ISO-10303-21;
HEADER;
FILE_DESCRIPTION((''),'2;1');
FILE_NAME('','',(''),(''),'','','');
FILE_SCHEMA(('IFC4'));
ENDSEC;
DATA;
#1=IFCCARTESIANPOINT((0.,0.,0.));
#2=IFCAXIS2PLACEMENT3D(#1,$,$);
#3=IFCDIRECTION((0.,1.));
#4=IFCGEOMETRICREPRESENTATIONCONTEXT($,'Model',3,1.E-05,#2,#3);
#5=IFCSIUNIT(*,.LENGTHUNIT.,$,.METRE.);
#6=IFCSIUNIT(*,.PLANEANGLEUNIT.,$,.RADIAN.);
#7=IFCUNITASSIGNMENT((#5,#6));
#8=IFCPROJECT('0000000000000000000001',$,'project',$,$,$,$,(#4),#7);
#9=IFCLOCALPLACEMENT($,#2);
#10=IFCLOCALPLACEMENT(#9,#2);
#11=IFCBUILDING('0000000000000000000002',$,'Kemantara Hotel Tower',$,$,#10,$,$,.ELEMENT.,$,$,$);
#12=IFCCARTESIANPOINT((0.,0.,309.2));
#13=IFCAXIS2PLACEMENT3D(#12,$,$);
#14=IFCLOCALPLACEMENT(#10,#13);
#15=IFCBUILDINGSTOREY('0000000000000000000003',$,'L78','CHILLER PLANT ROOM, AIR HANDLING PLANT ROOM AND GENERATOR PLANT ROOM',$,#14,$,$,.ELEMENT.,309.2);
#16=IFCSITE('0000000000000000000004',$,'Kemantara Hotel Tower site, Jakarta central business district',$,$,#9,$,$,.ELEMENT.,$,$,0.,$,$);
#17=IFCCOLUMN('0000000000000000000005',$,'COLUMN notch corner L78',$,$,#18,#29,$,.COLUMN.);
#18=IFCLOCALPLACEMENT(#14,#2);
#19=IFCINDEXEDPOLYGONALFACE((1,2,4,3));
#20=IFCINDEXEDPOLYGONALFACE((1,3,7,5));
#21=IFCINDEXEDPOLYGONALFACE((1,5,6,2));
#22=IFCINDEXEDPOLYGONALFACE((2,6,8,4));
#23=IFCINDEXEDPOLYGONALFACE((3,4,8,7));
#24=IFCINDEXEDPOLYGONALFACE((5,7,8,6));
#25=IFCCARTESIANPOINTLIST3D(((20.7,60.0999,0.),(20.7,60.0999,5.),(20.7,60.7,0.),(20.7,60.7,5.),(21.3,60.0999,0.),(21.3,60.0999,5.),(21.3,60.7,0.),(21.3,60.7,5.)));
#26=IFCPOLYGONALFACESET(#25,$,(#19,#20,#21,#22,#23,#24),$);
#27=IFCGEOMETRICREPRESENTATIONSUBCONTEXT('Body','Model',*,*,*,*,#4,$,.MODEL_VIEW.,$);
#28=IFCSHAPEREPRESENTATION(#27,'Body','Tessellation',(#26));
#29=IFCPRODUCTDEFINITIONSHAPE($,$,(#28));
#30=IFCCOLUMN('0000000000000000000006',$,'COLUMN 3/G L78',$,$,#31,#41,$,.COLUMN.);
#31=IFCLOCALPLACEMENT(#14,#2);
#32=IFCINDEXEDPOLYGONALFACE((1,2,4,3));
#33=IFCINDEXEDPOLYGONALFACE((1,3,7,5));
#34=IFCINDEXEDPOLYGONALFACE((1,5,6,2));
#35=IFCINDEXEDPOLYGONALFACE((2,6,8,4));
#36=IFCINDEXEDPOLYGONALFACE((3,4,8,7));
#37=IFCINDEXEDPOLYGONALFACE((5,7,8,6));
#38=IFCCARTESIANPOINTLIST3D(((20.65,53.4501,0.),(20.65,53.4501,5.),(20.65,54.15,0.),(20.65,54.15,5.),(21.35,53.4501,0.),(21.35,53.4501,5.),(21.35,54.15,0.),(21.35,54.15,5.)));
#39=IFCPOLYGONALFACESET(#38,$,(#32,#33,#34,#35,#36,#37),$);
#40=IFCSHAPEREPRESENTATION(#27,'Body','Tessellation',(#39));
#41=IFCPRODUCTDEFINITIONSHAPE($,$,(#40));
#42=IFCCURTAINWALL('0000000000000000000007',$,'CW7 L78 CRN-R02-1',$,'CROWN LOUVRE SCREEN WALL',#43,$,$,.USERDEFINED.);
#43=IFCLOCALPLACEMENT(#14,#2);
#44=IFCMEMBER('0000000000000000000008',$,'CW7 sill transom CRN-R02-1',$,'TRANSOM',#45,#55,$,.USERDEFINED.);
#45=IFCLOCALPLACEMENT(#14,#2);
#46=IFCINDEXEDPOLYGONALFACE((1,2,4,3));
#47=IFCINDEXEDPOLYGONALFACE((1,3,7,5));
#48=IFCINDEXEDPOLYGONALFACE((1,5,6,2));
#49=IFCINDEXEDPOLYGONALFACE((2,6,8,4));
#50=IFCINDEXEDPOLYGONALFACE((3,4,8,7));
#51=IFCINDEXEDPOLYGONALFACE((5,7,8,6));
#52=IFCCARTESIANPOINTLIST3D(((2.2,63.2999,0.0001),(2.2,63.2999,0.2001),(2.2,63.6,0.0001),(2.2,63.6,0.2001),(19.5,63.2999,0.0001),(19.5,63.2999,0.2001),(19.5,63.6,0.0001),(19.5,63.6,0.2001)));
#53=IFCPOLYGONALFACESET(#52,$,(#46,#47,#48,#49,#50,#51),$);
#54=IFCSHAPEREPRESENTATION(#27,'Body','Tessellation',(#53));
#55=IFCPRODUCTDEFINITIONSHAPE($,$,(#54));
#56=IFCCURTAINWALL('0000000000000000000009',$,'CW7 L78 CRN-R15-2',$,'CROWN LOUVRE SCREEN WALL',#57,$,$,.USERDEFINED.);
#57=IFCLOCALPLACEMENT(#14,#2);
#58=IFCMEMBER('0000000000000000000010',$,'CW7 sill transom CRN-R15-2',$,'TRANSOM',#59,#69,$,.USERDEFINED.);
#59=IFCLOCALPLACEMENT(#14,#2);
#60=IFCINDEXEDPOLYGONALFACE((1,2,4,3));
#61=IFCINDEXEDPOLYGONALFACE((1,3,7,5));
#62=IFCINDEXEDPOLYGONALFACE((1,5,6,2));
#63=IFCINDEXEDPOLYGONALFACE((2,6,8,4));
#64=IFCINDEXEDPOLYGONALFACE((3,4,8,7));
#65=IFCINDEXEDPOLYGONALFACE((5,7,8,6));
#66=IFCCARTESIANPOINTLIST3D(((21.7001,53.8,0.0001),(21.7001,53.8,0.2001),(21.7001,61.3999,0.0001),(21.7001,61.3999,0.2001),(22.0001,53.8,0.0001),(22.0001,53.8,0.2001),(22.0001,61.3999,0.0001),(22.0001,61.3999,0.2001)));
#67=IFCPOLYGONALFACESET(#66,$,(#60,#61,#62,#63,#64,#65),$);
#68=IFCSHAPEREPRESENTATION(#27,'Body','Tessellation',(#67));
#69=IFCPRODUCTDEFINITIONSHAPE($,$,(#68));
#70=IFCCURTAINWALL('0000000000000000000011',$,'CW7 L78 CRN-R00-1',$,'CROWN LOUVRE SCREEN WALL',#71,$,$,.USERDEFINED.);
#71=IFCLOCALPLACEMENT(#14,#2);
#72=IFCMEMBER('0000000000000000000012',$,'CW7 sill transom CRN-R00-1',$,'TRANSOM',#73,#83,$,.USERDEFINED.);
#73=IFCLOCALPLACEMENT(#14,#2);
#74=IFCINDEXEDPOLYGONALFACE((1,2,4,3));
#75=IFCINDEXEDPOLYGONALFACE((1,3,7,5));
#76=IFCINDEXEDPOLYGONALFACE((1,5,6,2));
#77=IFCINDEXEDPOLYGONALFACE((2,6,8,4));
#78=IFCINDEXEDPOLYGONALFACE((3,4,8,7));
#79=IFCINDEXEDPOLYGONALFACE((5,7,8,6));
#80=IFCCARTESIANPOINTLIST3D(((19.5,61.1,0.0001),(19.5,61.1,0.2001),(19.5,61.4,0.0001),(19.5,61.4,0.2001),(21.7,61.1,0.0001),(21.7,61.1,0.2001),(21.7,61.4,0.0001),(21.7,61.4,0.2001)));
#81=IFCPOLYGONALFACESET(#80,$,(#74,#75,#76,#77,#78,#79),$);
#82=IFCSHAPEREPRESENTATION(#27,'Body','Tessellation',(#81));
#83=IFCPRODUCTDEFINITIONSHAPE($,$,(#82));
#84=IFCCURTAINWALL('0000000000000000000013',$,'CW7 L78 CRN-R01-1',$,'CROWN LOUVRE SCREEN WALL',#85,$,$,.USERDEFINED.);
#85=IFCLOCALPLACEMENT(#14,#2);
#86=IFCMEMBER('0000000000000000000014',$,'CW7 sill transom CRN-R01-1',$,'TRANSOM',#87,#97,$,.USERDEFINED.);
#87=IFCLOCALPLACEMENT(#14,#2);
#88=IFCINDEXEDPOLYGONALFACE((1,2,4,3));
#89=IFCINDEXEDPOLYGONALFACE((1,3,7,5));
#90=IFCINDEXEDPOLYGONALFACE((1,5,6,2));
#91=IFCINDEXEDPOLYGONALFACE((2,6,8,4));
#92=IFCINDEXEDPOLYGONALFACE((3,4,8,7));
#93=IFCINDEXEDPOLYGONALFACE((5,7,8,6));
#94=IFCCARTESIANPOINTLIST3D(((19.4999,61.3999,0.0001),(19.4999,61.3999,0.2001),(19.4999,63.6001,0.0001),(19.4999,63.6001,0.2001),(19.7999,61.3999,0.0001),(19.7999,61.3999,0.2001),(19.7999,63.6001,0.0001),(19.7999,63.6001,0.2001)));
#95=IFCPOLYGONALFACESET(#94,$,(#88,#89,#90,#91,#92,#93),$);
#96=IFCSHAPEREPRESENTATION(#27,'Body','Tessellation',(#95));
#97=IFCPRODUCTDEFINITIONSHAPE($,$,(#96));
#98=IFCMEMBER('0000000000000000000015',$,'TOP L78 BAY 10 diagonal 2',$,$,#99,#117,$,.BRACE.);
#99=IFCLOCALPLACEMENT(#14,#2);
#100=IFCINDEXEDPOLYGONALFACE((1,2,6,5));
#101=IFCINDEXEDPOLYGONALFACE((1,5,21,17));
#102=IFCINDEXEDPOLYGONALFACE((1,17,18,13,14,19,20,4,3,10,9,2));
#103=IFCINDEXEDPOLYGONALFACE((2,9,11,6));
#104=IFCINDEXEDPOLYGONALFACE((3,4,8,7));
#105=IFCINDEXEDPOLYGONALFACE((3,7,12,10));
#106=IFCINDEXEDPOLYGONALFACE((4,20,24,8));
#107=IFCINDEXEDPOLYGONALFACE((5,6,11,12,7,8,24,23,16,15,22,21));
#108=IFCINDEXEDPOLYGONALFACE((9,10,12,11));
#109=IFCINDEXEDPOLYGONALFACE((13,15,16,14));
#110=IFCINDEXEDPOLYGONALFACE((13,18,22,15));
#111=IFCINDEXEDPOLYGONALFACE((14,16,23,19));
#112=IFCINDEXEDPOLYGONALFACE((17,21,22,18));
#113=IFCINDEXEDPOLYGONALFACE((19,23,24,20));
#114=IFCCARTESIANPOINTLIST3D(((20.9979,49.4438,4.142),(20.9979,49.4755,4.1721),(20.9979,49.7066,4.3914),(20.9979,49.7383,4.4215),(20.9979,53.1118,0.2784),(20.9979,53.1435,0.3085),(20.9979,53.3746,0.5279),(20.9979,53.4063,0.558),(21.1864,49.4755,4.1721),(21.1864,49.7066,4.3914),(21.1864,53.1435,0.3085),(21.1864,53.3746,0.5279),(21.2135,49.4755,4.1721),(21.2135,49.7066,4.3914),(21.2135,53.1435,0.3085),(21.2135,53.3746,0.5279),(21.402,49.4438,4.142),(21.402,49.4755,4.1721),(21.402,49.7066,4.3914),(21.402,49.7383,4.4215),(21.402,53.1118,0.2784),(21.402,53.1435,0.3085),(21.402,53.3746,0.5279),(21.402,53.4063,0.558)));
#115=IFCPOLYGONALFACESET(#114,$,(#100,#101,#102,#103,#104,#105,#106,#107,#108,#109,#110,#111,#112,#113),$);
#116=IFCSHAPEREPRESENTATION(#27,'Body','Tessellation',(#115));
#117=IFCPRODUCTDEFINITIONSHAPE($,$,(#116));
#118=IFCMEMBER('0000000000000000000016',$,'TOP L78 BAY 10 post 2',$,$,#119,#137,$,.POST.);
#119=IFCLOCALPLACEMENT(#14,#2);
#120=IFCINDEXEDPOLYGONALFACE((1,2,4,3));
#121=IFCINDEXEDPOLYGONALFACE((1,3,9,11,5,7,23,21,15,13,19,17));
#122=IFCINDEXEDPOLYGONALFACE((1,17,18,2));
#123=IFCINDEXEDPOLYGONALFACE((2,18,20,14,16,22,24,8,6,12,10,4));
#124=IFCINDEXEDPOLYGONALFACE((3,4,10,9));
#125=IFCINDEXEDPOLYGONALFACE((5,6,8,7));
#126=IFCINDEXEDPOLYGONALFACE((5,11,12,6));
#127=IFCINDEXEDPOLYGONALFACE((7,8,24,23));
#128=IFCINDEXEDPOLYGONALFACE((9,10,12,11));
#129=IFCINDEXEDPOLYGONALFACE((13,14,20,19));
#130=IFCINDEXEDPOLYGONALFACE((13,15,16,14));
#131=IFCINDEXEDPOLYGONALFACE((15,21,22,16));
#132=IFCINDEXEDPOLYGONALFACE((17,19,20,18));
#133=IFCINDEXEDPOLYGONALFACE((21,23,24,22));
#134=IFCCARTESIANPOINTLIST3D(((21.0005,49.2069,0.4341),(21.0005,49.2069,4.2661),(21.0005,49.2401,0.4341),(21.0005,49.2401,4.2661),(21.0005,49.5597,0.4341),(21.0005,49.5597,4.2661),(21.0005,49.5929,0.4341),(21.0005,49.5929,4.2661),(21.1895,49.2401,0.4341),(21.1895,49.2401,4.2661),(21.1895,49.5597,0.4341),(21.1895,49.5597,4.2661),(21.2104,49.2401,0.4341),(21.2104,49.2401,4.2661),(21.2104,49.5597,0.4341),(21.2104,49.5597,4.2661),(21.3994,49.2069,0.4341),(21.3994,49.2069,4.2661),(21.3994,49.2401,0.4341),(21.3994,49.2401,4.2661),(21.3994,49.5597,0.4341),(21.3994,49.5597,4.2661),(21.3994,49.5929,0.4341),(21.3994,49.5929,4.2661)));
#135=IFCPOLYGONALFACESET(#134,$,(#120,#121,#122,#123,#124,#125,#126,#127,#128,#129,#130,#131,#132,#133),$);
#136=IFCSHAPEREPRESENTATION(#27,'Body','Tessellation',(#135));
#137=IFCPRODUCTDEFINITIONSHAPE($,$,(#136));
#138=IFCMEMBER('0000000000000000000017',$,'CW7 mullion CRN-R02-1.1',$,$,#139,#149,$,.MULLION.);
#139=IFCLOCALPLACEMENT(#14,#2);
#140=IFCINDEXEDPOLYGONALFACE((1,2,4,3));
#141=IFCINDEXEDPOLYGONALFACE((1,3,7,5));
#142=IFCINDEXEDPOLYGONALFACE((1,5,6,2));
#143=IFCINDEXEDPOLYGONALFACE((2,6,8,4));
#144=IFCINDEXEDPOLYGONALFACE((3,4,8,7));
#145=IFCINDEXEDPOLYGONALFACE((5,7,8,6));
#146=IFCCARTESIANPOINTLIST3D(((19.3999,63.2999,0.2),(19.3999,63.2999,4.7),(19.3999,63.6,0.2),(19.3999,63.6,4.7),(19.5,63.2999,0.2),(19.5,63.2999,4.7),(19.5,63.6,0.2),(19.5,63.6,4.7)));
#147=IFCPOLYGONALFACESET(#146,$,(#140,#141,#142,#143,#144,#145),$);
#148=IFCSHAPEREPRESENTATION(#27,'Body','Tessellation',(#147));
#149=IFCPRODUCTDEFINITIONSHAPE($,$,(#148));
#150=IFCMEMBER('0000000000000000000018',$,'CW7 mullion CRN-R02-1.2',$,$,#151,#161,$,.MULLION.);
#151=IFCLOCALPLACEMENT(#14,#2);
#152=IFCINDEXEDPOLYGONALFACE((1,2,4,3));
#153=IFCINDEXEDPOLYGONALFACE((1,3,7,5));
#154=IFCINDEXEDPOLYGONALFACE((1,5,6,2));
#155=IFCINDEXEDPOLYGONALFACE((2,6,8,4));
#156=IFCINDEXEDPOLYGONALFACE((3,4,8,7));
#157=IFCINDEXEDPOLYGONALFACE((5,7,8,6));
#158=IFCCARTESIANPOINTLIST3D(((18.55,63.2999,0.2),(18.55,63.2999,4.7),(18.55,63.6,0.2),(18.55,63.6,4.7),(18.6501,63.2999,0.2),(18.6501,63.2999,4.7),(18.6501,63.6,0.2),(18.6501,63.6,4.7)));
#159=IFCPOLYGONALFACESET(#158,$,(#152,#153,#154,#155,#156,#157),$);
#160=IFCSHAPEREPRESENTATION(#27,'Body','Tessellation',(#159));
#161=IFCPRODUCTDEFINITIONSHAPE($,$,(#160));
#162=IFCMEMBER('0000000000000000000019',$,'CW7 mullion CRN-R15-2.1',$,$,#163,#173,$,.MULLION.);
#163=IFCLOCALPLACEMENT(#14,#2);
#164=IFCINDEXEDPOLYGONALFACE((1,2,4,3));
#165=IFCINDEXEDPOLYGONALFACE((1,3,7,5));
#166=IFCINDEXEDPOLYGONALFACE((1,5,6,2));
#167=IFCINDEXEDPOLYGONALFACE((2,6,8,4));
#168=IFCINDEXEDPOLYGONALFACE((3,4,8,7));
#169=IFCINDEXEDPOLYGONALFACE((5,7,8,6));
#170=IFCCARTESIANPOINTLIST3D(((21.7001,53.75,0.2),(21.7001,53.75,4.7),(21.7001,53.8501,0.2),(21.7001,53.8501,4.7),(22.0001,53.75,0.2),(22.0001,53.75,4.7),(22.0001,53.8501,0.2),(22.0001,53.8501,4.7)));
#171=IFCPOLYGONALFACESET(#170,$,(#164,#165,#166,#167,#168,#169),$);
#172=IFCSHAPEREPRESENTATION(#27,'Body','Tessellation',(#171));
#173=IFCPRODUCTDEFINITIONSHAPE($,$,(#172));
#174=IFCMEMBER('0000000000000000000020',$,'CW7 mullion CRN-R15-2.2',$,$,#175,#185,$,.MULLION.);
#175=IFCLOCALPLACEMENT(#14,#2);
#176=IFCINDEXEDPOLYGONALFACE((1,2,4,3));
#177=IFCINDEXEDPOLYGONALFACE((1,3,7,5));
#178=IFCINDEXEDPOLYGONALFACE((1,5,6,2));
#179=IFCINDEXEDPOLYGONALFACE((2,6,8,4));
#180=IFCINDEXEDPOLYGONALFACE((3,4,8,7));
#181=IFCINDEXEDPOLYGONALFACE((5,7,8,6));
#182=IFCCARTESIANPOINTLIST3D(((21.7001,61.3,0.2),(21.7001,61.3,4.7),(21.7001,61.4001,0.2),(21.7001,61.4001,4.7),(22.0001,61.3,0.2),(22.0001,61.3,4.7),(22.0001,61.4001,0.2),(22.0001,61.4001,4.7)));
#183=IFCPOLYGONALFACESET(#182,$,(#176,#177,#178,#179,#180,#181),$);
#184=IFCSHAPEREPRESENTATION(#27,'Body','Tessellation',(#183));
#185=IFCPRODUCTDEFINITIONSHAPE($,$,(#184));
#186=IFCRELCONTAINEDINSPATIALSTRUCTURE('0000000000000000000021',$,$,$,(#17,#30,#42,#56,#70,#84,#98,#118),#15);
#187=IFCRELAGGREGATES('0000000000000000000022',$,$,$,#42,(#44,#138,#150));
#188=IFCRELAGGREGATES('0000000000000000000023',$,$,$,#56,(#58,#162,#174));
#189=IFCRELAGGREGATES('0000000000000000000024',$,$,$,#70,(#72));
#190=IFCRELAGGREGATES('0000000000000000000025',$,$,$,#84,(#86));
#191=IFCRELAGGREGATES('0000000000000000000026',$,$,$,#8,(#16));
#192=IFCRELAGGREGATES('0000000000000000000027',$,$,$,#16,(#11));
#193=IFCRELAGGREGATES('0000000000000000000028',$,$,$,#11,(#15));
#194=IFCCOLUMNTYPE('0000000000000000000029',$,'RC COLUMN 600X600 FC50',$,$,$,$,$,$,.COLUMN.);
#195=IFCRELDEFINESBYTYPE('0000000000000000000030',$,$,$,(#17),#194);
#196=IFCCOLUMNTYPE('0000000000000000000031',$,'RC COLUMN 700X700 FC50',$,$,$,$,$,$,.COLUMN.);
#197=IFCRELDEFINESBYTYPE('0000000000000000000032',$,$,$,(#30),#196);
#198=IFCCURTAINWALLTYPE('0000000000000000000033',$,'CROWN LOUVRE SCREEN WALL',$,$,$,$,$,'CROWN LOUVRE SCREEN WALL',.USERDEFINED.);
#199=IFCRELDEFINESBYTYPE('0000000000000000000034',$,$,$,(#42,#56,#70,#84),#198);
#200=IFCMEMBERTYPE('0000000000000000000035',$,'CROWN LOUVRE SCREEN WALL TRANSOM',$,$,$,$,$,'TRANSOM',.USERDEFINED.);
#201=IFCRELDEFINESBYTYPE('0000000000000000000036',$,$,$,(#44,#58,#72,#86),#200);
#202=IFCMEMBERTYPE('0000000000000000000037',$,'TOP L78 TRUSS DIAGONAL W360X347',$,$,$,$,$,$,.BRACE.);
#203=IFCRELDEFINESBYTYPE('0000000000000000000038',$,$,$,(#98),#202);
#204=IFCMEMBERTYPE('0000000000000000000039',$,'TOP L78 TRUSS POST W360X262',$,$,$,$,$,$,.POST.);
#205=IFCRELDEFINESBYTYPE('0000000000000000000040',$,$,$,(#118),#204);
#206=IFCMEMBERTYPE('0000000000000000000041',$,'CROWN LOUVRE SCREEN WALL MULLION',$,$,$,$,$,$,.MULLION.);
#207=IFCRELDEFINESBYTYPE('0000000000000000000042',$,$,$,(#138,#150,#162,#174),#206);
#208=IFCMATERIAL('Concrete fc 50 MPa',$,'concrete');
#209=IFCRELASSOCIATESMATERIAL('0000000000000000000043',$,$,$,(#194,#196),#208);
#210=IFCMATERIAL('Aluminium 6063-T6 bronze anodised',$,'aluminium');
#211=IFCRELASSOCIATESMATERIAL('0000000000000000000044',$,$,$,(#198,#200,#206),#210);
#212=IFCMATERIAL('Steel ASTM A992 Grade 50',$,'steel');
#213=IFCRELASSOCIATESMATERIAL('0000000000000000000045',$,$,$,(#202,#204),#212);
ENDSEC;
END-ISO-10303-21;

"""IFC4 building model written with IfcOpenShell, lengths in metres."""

from ifc_helpers import new_model, si_unit, direction, frame, origin, origin_2d, place, context, subcontext, project, spatial, rectangle, i_section, extrude, source, transform, mapped, material, material_profile, profile_set, type_object, element, aggregate, save


model = new_model("IFC4")

# Units and contexts
model_context = context("Model", 3, precision=1e-05, world=origin(), true_north=direction((0.0, 1.0)))
body_context = subcontext(model_context, "Body", "Model", "MODEL_VIEW")
ifc_project = project(units=[si_unit("LENGTHUNIT", "METRE"), si_unit("PLANEANGLEUNIT", "RADIAN")], contexts=[model_context])

# Site, building, storey
site_placement = place(None, origin())
site = spatial("IfcSite", under=ifc_project, at=site_placement, Name="Kemantara Hotel Tower site, Jakarta central business district", CompositionType="ELEMENT", RefElevation=0.0)
building_placement = place(site_placement, origin())
building = spatial("IfcBuilding", under=site, at=building_placement, Name="Kemantara Hotel Tower", CompositionType="ELEMENT")
storey_placement = place(building_placement, frame((0.0, 0.0, 309.2)))
storey = spatial("IfcBuildingStorey", under=building, at=storey_placement, Name="L78", Description="CHILLER PLANT ROOM, AIR HANDLING PLANT ROOM AND GENERATOR PLANT ROOM", CompositionType="ELEMENT", Elevation=309.2)

# Columns
ifc_material_1 = material(Name="Concrete fc 50 MPa", Category="concrete")
ifc_material_profile_1 = material_profile(ifc_material_1, rectangle(XDim=0.6001, YDim=0.6001, at=origin_2d()), Name="RC 600X600")
ifc_profile_set_1 = profile_set([ifc_material_profile_1], Name="Concrete fc 50 MPa")
column_type_1 = type_object("IfcColumnType", Name="RC COLUMN 600X600 FC50", PredefinedType="COLUMN", material=ifc_profile_set_1)
column_1_placement = place(storey_placement, frame((21.0, 60.3999, 0.0), z_axis=(0.0, 0.0, 1.0), x_axis=(1.0, 0.0, 0.0)))
element("IfcColumn", 1, at=column_1_placement, inside=storey, type_object=column_type_1, Name="COLUMN notch corner L78", PredefinedType="COLUMN", context=body_context, shape_type="SweptSolid", body=[
    extrude(rectangle(XDim=0.6001, YDim=0.6001, at=origin_2d()), origin(), (0.0, 0.0, 1.0), 5.0),
])
ifc_material_profile_2 = material_profile(ifc_material_1, rectangle(XDim=0.7, YDim=0.7, at=origin_2d()), Name="RC 700X700")
ifc_profile_set_2 = profile_set([ifc_material_profile_2], Name="Concrete fc 50 MPa")
column_type_2 = type_object("IfcColumnType", Name="RC COLUMN 700X700 FC50", PredefinedType="COLUMN", material=ifc_profile_set_2)
column_2_placement = place(storey_placement, frame((21.0, 53.8, 0.0), z_axis=(0.0, 0.0, 1.0), x_axis=(1.0, 0.0, 0.0)))
element("IfcColumn", 2, at=column_2_placement, inside=storey, type_object=column_type_2, Name="COLUMN 3/G L78", PredefinedType="COLUMN", context=body_context, shape_type="SweptSolid", body=[
    extrude(rectangle(XDim=0.7, YDim=0.7, at=origin_2d()), origin(), (0.0, 0.0, 1.0), 5.0),
])

# Curtain walls, members
ifc_material_2 = material(Name="Aluminium 6063-T6 bronze anodised", Category="aluminium")
curtain_wall_type = type_object("IfcCurtainWallType", Name="CROWN LOUVRE SCREEN WALL", ElementType="CROWN LOUVRE SCREEN WALL", PredefinedType="USERDEFINED", material=ifc_material_2)
curtain_wall_1_placement = place(storey_placement, origin())
curtain_wall_1 = element("IfcCurtainWall", 3, at=curtain_wall_1_placement, inside=storey, type_object=curtain_wall_type, Name="CW7 L78 CRN-R02-1", ObjectType="CROWN LOUVRE SCREEN WALL", PredefinedType="USERDEFINED")
ifc_material_profile_3 = material_profile(ifc_material_2, rectangle(XDim=0.3, YDim=0.2, at=origin_2d()), Name="CROWN LOUVRE SCREEN WALL TRANSOM")
ifc_profile_set_3 = profile_set([ifc_material_profile_3], Name="Aluminium 6063-T6 bronze anodised")
member_type_1 = type_object("IfcMemberType", Name="CROWN LOUVRE SCREEN WALL TRANSOM", ElementType="TRANSOM", PredefinedType="USERDEFINED", material=ifc_profile_set_3)
member_1_placement = place(storey_placement, frame((19.5, 63.45, 0.1001), z_axis=(-1.0, 0.0, 0.0), x_axis=(0.0, -1.0, 0.0)))
member_1 = element("IfcMember", 4, at=member_1_placement, type_object=member_type_1, Name="CW7 sill transom CRN-R02-1", ObjectType="TRANSOM", PredefinedType="USERDEFINED", context=body_context, shape_type="SweptSolid", body=[
    extrude(rectangle(XDim=0.3, YDim=0.2, at=origin_2d()), origin(), (0.0, 0.0, 1.0), 17.3),
])
curtain_wall_2_placement = place(storey_placement, origin())
curtain_wall_2 = element("IfcCurtainWall", 5, at=curtain_wall_2_placement, inside=storey, type_object=curtain_wall_type, Name="CW7 L78 CRN-R15-2", ObjectType="CROWN LOUVRE SCREEN WALL", PredefinedType="USERDEFINED")
member_2_placement = place(storey_placement, frame((21.8501, 53.8, 0.1001), z_axis=(0.0, 1.0, 0.0), x_axis=(-1.0, 0.0, 0.0)))
member_2 = element("IfcMember", 6, at=member_2_placement, type_object=member_type_1, Name="CW7 sill transom CRN-R15-2", ObjectType="TRANSOM", PredefinedType="USERDEFINED", context=body_context, shape_type="SweptSolid", body=[
    extrude(rectangle(XDim=0.3, YDim=0.2, at=origin_2d()), origin(), (0.0, 0.0, 1.0), 7.5999),
])
curtain_wall_3_placement = place(storey_placement, origin())
curtain_wall_3 = element("IfcCurtainWall", 7, at=curtain_wall_3_placement, inside=storey, type_object=curtain_wall_type, Name="CW7 L78 CRN-R00-1", ObjectType="CROWN LOUVRE SCREEN WALL", PredefinedType="USERDEFINED")
member_3_placement = place(storey_placement, frame((21.7, 61.25, 0.1001), z_axis=(-1.0, 0.0, 0.0), x_axis=(0.0, -1.0, 0.0)))
member_3 = element("IfcMember", 8, at=member_3_placement, type_object=member_type_1, Name="CW7 sill transom CRN-R00-1", ObjectType="TRANSOM", PredefinedType="USERDEFINED", context=body_context, shape_type="SweptSolid", body=[
    extrude(rectangle(XDim=0.3, YDim=0.2, at=origin_2d()), origin(), (0.0, 0.0, 1.0), 2.2),
])
curtain_wall_4_placement = place(storey_placement, origin())
curtain_wall_4 = element("IfcCurtainWall", 9, at=curtain_wall_4_placement, inside=storey, type_object=curtain_wall_type, Name="CW7 L78 CRN-R01-1", ObjectType="CROWN LOUVRE SCREEN WALL", PredefinedType="USERDEFINED")
member_4_placement = place(storey_placement, frame((19.6499, 61.3999, 0.1001), z_axis=(0.0, 1.0, 0.0), x_axis=(-1.0, 0.0, 0.0)))
member_4 = element("IfcMember", 10, at=member_4_placement, type_object=member_type_1, Name="CW7 sill transom CRN-R01-1", ObjectType="TRANSOM", PredefinedType="USERDEFINED", context=body_context, shape_type="SweptSolid", body=[
    extrude(rectangle(XDim=0.3, YDim=0.2, at=origin_2d()), origin(), (0.0, 0.0, 1.0), 2.2002),
])

# Members
ifc_material_3 = material(Name="Steel ASTM A992 Grade 50", Category="steel")
ifc_material_profile_4 = material_profile(ifc_material_3, i_section(OverallWidth=0.4041, OverallDepth=0.406, WebThickness=0.0271, FlangeThickness=0.0437, at=origin_2d()), Name="W360X347")
ifc_profile_set_4 = profile_set([ifc_material_profile_4], Name="Steel ASTM A992 Grade 50")
member_type_2 = type_object("IfcMemberType", Name="TOP L78 TRUSS DIAGONAL W360X347", PredefinedType="BRACE", material=ifc_profile_set_4)
member_5_placement = place(storey_placement, frame((21.2, 53.259, 0.4182), z_axis=(0.0, -0.688515, 0.725223), x_axis=(1.0, 0.0, 0.0)))
element("IfcMember", 11, at=member_5_placement, inside=storey, type_object=member_type_2, Name="TOP L78 BAY 10 diagonal 2", PredefinedType="BRACE", context=body_context, shape_type="SweptSolid", body=[
    extrude(i_section(OverallWidth=0.4041, OverallDepth=0.406, WebThickness=0.0271, FlangeThickness=0.0437, at=origin_2d()), origin(), (0.0, 0.0, 1.0), 5.3274),
])
ifc_material_profile_5 = material_profile(ifc_material_3, i_section(OverallWidth=0.3989, OverallDepth=0.386, WebThickness=0.021, FlangeThickness=0.0332, at=origin_2d()), Name="W360X262")
ifc_profile_set_5 = profile_set([ifc_material_profile_5], Name="Steel ASTM A992 Grade 50")
member_type_3 = type_object("IfcMemberType", Name="TOP L78 TRUSS POST W360X262", PredefinedType="POST", material=ifc_profile_set_5)
member_6_placement = place(storey_placement, frame((21.2, 49.3999, 0.4341), z_axis=(0.0, 0.0, 1.0), x_axis=(1.0, 0.0, 0.0)))
element("IfcMember", 12, at=member_6_placement, inside=storey, type_object=member_type_3, Name="TOP L78 BAY 10 post 2", PredefinedType="POST", context=body_context, shape_type="SweptSolid", body=[
    extrude(i_section(OverallWidth=0.3989, OverallDepth=0.386, WebThickness=0.021, FlangeThickness=0.0332, at=origin_2d()), origin(), (0.0, 0.0, 1.0), 3.832),
])

# Members
ifc_material_profile_6 = material_profile(ifc_material_2, rectangle(XDim=0.3, YDim=0.1001, at=origin_2d()), Name="CROWN LOUVRE SCREEN WALL MULLION")
ifc_profile_set_6 = profile_set([ifc_material_profile_6], Name="Aluminium 6063-T6 bronze anodised")
member_type_4 = type_object("IfcMemberType", Name="CROWN LOUVRE SCREEN WALL MULLION", PredefinedType="MULLION", material=ifc_profile_set_6)
shared_shape_1 = source(origin(), body_context, "Body", "SweptSolid", [
    extrude(rectangle(XDim=0.3, YDim=0.1001, at=origin_2d()), origin(), (0.0, 0.0, 1.0), 4.5),
])
member_7_placement = place(storey_placement, frame((19.45, 63.45, 0.2), z_axis=(0.0, 0.0, 1.0), x_axis=(0.0, -1.0, 0.0)))
member_7 = element("IfcMember", 13, at=member_7_placement, type_object=member_type_4, Name="CW7 mullion CRN-R02-1.1", PredefinedType="MULLION", context=body_context, shape_type="MappedRepresentation", body=[
    mapped(shared_shape_1, transform((0.0, 0.0, 0.0))),
])
member_8_placement = place(storey_placement, frame((18.6001, 63.45, 0.2), z_axis=(0.0, 0.0, 1.0), x_axis=(0.0, -1.0, 0.0)))
member_8 = element("IfcMember", 14, at=member_8_placement, type_object=member_type_4, Name="CW7 mullion CRN-R02-1.2", PredefinedType="MULLION", context=body_context, shape_type="MappedRepresentation", body=[
    mapped(shared_shape_1, transform((0.0, 0.0, 0.0))),
])
member_9_placement = place(storey_placement, frame((21.8501, 53.8, 0.2), z_axis=(0.0, 0.0, 1.0), x_axis=(-1.0, 0.0, 0.0)))
member_9 = element("IfcMember", 15, at=member_9_placement, type_object=member_type_4, Name="CW7 mullion CRN-R15-2.1", PredefinedType="MULLION", context=body_context, shape_type="MappedRepresentation", body=[
    mapped(shared_shape_1, transform((0.0, 0.0, 0.0))),
])
member_10_placement = place(storey_placement, frame((21.8501, 61.3501, 0.2), z_axis=(0.0, 0.0, 1.0), x_axis=(-1.0, 0.0, 0.0)))
member_10 = element("IfcMember", 16, at=member_10_placement, type_object=member_type_4, Name="CW7 mullion CRN-R15-2.2", PredefinedType="MULLION", context=body_context, shape_type="MappedRepresentation", body=[
    mapped(shared_shape_1, transform((0.0, 0.0, 0.0))),
])

aggregate(curtain_wall_1, [member_1, member_7, member_8])
aggregate(curtain_wall_2, [member_2, member_9, member_10])
aggregate(curtain_wall_3, [member_3])
aggregate(curtain_wall_4, [member_4])

save(model, "model.ifc")
